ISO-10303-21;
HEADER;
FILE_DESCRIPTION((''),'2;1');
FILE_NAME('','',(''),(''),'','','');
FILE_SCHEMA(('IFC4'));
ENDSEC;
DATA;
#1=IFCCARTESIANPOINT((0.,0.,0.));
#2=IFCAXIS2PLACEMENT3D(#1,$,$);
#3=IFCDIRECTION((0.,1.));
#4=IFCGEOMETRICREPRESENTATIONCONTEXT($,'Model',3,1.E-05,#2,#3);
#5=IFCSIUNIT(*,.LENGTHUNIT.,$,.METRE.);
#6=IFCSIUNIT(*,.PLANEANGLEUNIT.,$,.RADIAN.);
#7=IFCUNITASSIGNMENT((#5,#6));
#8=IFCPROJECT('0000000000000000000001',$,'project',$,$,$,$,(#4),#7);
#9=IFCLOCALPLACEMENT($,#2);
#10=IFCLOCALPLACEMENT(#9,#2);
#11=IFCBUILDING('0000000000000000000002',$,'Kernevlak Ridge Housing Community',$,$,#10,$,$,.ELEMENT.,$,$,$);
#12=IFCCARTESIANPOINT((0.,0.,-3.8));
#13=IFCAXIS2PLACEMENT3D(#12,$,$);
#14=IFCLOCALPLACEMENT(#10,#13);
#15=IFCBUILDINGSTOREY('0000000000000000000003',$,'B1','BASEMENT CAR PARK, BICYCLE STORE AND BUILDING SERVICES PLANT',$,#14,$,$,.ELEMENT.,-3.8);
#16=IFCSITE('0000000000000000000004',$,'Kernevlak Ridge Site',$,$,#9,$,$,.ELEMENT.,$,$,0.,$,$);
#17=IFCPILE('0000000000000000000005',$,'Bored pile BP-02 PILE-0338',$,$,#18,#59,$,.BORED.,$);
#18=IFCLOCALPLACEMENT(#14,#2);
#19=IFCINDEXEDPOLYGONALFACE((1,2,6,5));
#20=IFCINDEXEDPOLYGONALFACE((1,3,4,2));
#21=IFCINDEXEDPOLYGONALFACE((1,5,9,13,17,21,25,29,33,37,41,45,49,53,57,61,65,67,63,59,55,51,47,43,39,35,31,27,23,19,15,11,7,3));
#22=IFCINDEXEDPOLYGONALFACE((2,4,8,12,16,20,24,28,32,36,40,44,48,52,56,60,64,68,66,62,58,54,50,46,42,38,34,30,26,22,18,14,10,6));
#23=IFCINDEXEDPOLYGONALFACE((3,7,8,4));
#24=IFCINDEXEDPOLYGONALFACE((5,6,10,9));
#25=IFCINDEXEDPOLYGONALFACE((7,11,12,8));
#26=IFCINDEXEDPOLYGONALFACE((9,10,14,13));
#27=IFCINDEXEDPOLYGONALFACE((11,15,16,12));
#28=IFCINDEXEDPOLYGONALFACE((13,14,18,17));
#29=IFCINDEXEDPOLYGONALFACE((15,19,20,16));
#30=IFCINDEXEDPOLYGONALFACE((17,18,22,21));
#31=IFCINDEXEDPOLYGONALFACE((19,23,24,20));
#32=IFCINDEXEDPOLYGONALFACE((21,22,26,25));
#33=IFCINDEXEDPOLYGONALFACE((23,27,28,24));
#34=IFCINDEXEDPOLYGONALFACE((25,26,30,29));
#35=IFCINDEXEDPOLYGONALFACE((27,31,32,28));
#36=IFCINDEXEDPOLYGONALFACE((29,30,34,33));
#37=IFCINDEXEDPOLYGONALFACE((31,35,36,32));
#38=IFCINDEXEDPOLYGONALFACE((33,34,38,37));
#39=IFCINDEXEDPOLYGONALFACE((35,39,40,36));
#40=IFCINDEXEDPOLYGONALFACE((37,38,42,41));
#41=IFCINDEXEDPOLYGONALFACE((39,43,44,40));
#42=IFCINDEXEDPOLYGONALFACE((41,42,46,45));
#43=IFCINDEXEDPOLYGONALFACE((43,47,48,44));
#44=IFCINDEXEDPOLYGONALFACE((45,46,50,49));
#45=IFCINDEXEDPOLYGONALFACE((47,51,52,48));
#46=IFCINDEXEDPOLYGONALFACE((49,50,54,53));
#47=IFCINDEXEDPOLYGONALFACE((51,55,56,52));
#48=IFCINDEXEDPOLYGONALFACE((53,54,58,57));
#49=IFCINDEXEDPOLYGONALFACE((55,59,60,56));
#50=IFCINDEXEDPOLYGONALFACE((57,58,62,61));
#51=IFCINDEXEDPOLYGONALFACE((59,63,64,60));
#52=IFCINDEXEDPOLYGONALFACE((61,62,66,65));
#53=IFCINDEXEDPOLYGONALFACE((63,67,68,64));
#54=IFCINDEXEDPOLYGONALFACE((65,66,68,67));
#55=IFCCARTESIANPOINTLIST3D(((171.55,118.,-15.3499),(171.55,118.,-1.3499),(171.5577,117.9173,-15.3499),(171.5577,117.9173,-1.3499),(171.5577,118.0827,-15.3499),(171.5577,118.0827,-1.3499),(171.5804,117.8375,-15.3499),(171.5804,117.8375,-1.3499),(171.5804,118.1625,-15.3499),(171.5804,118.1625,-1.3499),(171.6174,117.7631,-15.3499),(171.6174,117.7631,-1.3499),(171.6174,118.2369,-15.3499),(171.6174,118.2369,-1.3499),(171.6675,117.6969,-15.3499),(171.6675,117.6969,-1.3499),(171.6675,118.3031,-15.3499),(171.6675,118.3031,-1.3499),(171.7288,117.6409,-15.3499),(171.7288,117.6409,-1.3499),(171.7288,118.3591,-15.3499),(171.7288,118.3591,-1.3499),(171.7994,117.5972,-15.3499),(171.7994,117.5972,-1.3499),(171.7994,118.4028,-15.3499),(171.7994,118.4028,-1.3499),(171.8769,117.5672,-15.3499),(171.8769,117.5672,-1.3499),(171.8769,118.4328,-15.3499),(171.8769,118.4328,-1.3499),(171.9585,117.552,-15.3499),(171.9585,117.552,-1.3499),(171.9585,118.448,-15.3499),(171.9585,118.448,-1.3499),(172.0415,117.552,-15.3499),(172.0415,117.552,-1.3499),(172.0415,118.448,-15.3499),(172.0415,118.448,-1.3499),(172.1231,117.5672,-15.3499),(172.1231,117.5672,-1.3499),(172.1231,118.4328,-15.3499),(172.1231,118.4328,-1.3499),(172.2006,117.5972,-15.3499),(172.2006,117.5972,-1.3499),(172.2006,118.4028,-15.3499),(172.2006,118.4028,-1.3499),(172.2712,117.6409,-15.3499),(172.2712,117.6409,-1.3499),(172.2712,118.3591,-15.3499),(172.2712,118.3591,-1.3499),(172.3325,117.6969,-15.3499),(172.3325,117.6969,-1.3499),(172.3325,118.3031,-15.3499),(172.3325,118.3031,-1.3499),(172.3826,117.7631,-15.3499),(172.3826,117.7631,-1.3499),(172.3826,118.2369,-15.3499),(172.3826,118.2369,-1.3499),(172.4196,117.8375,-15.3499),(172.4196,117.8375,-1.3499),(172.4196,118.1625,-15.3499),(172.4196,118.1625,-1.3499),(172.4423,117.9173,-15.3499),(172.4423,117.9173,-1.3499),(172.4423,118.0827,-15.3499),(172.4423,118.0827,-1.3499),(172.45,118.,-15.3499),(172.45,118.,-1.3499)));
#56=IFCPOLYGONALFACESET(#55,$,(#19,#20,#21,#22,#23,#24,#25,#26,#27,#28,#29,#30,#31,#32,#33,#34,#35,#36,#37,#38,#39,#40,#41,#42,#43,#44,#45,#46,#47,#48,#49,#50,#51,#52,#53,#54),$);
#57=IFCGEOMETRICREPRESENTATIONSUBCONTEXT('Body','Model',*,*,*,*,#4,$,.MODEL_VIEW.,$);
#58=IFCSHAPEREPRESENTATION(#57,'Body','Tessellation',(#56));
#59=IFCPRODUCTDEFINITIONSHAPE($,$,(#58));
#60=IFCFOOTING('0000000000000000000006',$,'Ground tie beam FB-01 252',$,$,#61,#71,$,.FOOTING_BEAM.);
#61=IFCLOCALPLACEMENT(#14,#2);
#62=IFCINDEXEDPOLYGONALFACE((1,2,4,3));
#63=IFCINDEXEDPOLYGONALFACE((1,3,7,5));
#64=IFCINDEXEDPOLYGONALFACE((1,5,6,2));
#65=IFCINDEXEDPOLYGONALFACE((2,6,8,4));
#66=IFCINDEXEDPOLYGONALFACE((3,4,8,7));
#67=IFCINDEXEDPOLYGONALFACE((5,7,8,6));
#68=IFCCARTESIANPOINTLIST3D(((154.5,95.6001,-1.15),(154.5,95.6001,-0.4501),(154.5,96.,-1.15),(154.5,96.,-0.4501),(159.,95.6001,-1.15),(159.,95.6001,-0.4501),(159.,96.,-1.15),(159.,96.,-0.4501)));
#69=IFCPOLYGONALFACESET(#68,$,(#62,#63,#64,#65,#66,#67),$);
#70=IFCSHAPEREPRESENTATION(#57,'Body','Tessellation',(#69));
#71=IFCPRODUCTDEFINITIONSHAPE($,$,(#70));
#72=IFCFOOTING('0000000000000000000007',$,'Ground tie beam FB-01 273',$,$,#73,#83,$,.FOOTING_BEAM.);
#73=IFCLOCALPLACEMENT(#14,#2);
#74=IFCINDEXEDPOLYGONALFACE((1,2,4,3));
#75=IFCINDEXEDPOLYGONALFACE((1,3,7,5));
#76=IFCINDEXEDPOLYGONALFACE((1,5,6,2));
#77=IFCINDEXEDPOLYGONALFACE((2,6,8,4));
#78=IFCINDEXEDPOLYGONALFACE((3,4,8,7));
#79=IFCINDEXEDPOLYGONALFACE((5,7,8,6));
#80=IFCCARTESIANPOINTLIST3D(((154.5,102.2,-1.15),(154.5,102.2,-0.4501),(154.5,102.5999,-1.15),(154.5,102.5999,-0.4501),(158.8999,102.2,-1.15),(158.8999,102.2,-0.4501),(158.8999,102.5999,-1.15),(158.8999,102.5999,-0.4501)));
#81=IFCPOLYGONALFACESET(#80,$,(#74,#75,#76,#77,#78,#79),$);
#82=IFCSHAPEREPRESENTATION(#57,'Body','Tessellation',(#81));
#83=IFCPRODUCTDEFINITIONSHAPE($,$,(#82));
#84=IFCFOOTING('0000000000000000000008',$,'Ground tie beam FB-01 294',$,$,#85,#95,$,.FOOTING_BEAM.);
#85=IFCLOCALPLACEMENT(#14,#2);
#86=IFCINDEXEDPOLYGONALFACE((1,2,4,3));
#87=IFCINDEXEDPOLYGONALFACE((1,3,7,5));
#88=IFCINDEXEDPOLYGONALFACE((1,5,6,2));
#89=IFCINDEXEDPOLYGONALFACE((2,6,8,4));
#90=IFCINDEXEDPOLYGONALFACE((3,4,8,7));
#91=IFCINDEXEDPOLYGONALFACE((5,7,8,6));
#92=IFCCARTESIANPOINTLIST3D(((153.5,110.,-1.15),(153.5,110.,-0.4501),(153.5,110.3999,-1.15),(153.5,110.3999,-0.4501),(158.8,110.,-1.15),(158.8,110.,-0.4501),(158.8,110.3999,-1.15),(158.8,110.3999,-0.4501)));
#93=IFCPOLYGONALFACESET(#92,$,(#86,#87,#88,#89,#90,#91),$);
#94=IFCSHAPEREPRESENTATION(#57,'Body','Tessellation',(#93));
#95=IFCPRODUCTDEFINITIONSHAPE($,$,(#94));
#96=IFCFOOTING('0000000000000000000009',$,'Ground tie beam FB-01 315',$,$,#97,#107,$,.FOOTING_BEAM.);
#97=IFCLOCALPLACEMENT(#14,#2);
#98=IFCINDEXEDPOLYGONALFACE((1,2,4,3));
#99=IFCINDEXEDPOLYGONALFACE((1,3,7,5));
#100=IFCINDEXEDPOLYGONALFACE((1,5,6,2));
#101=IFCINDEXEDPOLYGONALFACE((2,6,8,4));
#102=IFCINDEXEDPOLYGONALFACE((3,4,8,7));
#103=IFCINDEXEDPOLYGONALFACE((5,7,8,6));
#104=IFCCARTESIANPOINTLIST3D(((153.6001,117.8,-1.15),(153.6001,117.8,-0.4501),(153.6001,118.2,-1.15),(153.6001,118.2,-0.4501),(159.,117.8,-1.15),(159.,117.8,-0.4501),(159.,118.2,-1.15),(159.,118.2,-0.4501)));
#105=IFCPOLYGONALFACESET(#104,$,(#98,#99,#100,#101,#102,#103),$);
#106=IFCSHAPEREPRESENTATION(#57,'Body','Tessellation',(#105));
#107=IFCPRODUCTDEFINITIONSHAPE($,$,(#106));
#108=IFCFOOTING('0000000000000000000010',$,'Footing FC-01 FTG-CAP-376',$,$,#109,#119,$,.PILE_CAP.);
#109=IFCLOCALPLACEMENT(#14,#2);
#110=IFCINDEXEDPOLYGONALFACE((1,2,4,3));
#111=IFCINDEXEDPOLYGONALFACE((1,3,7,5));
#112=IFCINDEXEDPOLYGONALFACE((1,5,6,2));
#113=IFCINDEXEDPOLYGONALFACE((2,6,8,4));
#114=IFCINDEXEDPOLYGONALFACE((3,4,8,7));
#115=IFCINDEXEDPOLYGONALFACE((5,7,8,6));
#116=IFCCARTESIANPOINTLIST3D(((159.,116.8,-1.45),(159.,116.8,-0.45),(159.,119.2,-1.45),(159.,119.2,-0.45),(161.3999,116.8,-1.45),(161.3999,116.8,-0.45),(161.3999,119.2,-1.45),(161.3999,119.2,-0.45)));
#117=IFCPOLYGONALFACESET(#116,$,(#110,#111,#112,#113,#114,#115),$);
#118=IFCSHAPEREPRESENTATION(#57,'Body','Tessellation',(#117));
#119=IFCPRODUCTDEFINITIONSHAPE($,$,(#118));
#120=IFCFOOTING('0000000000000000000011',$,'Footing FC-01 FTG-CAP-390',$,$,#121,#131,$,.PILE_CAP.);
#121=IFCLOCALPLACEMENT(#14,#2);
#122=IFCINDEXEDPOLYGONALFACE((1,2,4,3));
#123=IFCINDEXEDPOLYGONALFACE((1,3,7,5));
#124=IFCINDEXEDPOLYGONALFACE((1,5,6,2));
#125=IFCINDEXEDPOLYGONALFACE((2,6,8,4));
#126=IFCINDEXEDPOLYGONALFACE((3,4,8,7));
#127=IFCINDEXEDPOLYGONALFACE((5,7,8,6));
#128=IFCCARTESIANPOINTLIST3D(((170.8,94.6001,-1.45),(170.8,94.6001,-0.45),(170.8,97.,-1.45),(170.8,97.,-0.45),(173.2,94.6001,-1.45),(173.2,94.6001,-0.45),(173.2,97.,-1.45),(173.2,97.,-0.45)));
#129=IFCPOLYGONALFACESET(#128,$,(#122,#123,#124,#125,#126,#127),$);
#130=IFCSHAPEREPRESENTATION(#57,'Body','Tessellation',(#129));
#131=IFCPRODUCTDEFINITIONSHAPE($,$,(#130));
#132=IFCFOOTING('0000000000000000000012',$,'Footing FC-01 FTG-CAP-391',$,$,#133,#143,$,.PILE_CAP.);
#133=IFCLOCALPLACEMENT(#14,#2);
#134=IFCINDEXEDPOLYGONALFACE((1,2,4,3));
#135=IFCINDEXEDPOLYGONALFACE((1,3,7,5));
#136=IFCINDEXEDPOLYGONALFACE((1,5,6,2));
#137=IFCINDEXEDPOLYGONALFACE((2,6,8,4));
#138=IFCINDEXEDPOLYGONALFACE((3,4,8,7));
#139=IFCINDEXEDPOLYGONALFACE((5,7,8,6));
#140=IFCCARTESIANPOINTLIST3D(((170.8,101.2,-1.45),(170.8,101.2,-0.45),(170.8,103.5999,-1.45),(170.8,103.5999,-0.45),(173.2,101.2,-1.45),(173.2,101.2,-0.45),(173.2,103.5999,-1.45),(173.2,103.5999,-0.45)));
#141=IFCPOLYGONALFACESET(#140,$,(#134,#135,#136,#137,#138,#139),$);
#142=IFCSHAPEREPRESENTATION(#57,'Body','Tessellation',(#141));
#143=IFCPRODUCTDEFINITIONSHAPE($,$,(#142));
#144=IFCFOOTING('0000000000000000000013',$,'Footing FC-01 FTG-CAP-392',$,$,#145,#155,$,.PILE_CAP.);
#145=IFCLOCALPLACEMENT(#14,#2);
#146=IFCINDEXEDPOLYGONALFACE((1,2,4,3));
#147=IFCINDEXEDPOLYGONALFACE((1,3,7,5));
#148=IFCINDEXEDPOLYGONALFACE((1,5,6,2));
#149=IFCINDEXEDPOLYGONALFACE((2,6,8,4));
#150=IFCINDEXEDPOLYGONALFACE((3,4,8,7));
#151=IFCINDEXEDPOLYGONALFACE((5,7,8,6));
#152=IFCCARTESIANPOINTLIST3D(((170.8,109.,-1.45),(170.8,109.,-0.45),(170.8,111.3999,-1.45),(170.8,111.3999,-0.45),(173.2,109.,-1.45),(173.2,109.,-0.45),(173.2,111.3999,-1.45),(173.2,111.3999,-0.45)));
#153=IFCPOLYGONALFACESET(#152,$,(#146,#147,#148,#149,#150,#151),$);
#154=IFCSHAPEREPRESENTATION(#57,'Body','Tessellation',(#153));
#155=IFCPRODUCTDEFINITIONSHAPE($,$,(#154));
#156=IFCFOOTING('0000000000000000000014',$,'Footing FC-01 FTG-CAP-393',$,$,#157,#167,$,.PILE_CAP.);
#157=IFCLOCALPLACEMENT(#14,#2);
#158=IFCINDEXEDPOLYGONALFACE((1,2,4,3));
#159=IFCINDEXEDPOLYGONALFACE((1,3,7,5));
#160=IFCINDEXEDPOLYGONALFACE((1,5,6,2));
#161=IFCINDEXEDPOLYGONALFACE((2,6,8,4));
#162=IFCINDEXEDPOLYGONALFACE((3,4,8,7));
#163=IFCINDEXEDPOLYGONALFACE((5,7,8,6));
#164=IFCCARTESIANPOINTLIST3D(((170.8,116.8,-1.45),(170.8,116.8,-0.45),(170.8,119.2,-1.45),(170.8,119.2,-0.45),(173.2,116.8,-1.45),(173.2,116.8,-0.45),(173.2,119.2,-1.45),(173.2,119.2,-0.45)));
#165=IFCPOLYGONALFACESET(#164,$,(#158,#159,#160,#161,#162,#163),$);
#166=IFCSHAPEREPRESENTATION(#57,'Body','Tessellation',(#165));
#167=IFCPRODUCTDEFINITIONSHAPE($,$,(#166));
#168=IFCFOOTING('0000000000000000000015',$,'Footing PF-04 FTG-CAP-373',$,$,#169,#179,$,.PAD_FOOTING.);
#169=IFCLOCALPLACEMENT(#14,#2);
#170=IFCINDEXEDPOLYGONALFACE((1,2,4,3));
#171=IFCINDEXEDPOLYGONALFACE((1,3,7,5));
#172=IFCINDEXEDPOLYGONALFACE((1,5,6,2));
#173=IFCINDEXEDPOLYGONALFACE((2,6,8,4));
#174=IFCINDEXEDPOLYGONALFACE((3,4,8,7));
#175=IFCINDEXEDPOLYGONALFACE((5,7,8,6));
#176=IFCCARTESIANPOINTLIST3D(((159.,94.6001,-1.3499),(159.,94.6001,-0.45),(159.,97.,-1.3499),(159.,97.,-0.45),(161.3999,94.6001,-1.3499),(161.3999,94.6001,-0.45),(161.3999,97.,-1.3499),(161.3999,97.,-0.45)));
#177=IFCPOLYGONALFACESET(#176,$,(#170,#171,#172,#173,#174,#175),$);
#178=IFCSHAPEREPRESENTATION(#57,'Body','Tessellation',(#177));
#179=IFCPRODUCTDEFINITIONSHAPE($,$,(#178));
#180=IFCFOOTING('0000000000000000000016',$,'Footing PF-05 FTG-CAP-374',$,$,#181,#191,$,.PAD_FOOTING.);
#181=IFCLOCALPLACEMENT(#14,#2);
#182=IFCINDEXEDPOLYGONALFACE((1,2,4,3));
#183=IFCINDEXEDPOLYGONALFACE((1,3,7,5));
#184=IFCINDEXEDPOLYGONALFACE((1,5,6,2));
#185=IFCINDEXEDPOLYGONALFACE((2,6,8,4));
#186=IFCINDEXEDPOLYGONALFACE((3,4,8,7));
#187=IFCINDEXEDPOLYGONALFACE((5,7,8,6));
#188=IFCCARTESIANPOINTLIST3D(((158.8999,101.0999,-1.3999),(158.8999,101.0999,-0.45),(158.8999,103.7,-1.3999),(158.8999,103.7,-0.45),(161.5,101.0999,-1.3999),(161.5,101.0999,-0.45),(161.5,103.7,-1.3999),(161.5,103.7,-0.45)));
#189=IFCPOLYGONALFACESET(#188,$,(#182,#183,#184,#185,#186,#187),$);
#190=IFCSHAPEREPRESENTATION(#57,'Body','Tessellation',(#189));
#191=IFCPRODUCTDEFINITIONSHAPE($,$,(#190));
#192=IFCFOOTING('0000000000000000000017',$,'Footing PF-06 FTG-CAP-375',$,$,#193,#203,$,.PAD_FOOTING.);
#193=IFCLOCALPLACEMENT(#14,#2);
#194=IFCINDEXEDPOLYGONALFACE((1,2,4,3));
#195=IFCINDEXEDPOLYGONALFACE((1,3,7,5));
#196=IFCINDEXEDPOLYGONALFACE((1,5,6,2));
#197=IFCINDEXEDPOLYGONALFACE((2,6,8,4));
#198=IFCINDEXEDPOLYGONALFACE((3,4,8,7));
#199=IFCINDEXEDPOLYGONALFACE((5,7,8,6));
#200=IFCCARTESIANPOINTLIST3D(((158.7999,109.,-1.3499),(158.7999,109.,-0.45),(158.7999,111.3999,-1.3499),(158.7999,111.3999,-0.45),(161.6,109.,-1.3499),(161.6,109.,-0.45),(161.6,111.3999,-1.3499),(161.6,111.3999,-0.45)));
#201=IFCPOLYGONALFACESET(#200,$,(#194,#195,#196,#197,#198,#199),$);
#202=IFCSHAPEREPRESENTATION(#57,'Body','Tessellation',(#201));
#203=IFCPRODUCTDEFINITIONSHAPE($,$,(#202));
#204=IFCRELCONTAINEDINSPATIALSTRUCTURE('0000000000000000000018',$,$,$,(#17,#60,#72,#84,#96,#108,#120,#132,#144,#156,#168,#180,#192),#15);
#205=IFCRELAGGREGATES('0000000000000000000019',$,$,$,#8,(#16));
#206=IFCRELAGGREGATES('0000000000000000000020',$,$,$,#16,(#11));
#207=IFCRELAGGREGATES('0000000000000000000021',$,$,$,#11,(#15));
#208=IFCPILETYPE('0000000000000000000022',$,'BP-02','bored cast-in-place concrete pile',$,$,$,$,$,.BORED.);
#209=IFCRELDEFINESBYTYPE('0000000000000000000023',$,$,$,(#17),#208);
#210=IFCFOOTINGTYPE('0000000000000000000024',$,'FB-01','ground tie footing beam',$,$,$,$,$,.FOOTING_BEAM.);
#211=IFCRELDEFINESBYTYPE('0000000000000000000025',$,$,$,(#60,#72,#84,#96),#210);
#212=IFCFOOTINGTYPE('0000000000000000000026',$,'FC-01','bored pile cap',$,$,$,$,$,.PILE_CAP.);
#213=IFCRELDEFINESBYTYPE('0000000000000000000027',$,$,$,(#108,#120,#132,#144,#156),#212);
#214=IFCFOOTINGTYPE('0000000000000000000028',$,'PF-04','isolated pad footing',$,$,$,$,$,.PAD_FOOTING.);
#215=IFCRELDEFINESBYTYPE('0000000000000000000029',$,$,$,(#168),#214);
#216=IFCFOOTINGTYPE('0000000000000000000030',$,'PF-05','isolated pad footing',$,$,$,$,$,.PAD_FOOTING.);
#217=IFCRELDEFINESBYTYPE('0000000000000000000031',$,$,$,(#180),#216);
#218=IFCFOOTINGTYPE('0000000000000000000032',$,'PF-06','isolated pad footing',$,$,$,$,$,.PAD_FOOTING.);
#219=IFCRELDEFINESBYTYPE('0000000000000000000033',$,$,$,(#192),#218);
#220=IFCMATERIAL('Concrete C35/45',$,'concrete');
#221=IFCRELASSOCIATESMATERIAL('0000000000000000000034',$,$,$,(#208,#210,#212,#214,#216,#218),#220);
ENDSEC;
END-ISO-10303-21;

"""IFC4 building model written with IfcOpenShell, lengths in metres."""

from ifc_helpers import new_model, si_unit, direction, frame, origin, origin_2d, place, context, subcontext, project, spatial, rectangle, circle, extrude, material, material_profile, profile_set, type_object, element, save


model = new_model("IFC4")

# Units and contexts
model_context = context("Model", 3, precision=1e-05, world=origin(), true_north=direction((0.0, 1.0)))
body_context = subcontext(model_context, "Body", "Model", "MODEL_VIEW")
ifc_project = project(units=[si_unit("LENGTHUNIT", "METRE"), si_unit("PLANEANGLEUNIT", "RADIAN")], contexts=[model_context])

# Site, building, storey
site_placement = place(None, origin())
site = spatial("IfcSite", under=ifc_project, at=site_placement, Name="Kernevlak Ridge Site", CompositionType="ELEMENT", RefElevation=0.0)
building_placement = place(site_placement, origin())
building = spatial("IfcBuilding", under=site, at=building_placement, Name="Kernevlak Ridge Housing Community", CompositionType="ELEMENT")
storey_placement = place(building_placement, frame((0.0, 0.0, -3.8)))
storey = spatial("IfcBuildingStorey", under=building, at=storey_placement, Name="B1", Description="BASEMENT CAR PARK, BICYCLE STORE AND BUILDING SERVICES PLANT", CompositionType="ELEMENT", Elevation=-3.8)

# Pile
ifc_material_1 = material(Name="Concrete C35/45", Category="concrete")
ifc_material_profile_1 = material_profile(ifc_material_1, circle(Radius=0.45, at=origin_2d()), Name="BORED PILE 900")
ifc_profile_set_1 = profile_set([ifc_material_profile_1], Name="Concrete C35/45")
pile_type_1 = type_object("IfcPileType", Name="BP-02", Description="bored cast-in-place concrete pile", PredefinedType="BORED", material=ifc_profile_set_1)
for number, where, z_axis, x_axis, name in (
    (1, (172.0, 118.0, -1.3499), (0.0, 0.0, -1.0), (1.0, 0.0, 0.0), "Bored pile BP-02 PILE-0338"),
):
    element("IfcPile", number, at=place(storey_placement, frame(where, z_axis=z_axis, x_axis=x_axis)), inside=storey, type_object=pile_type_1, Name=name, PredefinedType="BORED", context=body_context, shape_type="SweptSolid", body=[
        extrude(circle(Radius=0.45, at=origin_2d()), origin(), (0.0, 0.0, 1.0), 14.0),
    ])

# Footings
ifc_material_profile_2 = material_profile(ifc_material_1, rectangle(XDim=0.3999, YDim=0.7, at=origin_2d()), Name="RC 400x700")
ifc_profile_set_2 = profile_set([ifc_material_profile_2], Name="Concrete C35/45")
footing_type_1 = type_object("IfcFootingType", Name="FB-01", Description="ground tie footing beam", PredefinedType="FOOTING_BEAM", material=ifc_profile_set_2)
footing_1_placement = place(storey_placement, frame((154.5, 95.8, -0.8), z_axis=(1.0, 0.0, 0.0), x_axis=(0.0, 1.0, 0.0)))
element("IfcFooting", 2, at=footing_1_placement, inside=storey, type_object=footing_type_1, Name="Ground tie beam FB-01 252", PredefinedType="FOOTING_BEAM", context=body_context, shape_type="SweptSolid", body=[
    extrude(rectangle(XDim=0.3999, YDim=0.7, at=origin_2d()), origin(), (0.0, 0.0, 1.0), 4.5),
])
footing_2_placement = place(storey_placement, frame((154.5, 102.3999, -0.8), z_axis=(1.0, 0.0, 0.0), x_axis=(0.0, 1.0, 0.0)))
element("IfcFooting", 3, at=footing_2_placement, inside=storey, type_object=footing_type_1, Name="Ground tie beam FB-01 273", PredefinedType="FOOTING_BEAM", context=body_context, shape_type="SweptSolid", body=[
    extrude(rectangle(XDim=0.3999, YDim=0.7, at=origin_2d()), origin(), (0.0, 0.0, 1.0), 4.3999),
])
footing_3_placement = place(storey_placement, frame((153.5, 110.2, -0.8), z_axis=(1.0, 0.0, 0.0), x_axis=(0.0, 1.0, 0.0)))
element("IfcFooting", 4, at=footing_3_placement, inside=storey, type_object=footing_type_1, Name="Ground tie beam FB-01 294", PredefinedType="FOOTING_BEAM", context=body_context, shape_type="SweptSolid", body=[
    extrude(rectangle(XDim=0.3999, YDim=0.7, at=origin_2d()), origin(), (0.0, 0.0, 1.0), 5.3),
])
footing_4_placement = place(storey_placement, frame((153.6001, 118.0, -0.8), z_axis=(1.0, 0.0, 0.0), x_axis=(0.0, 1.0, 0.0)))
element("IfcFooting", 5, at=footing_4_placement, inside=storey, type_object=footing_type_1, Name="Ground tie beam FB-01 315", PredefinedType="FOOTING_BEAM", context=body_context, shape_type="SweptSolid", body=[
    extrude(rectangle(XDim=0.3999, YDim=0.7, at=origin_2d()), origin(), (0.0, 0.0, 1.0), 5.3999),
])
footing_type_2 = type_object("IfcFootingType", Name="FC-01", Description="bored pile cap", PredefinedType="PILE_CAP", material=ifc_material_1)
for number, where, z_axis, x_axis, name in (
    (6, (160.2, 118.0, -1.45), (0.0, 0.0, 1.0), (1.0, 0.0, 0.0), "Footing FC-01 FTG-CAP-376"),
    (7, (172.0, 95.8, -1.45), (0.0, 0.0, 1.0), (1.0, 0.0, 0.0), "Footing FC-01 FTG-CAP-390"),
    (8, (172.0, 102.3999, -1.45), (0.0, 0.0, 1.0), (1.0, 0.0, 0.0), "Footing FC-01 FTG-CAP-391"),
    (9, (172.0, 110.2, -1.45), (0.0, 0.0, 1.0), (1.0, 0.0, 0.0), "Footing FC-01 FTG-CAP-392"),
    (10, (172.0, 118.0, -1.45), (0.0, 0.0, 1.0), (1.0, 0.0, 0.0), "Footing FC-01 FTG-CAP-393"),
):
    element("IfcFooting", number, at=place(storey_placement, frame(where, z_axis=z_axis, x_axis=x_axis)), inside=storey, type_object=footing_type_2, Name=name, PredefinedType="PILE_CAP", context=body_context, shape_type="SweptSolid", body=[
        extrude(rectangle(XDim=2.3999, YDim=2.3999, at=origin_2d()), origin(), (0.0, 0.0, 1.0), 1.0),
    ])
footing_type_3 = type_object("IfcFootingType", Name="PF-04", Description="isolated pad footing", PredefinedType="PAD_FOOTING", material=ifc_material_1)
footing_5_placement = place(storey_placement, frame((160.2, 95.8, -1.3499), z_axis=(0.0, 0.0, 1.0), x_axis=(1.0, 0.0, 0.0)))
element("IfcFooting", 11, at=footing_5_placement, inside=storey, type_object=footing_type_3, Name="Footing PF-04 FTG-CAP-373", PredefinedType="PAD_FOOTING", context=body_context, shape_type="SweptSolid", body=[
    extrude(rectangle(XDim=2.3999, YDim=2.3999, at=origin_2d()), origin(), (0.0, 0.0, 1.0), 0.8999),
])
footing_type_4 = type_object("IfcFootingType", Name="PF-05", Description="isolated pad footing", PredefinedType="PAD_FOOTING", material=ifc_material_1)
footing_6_placement = place(storey_placement, frame((160.2, 102.3999, -1.3999), z_axis=(0.0, 0.0, 1.0), x_axis=(1.0, 0.0, 0.0)))
element("IfcFooting", 12, at=footing_6_placement, inside=storey, type_object=footing_type_4, Name="Footing PF-05 FTG-CAP-374", PredefinedType="PAD_FOOTING", context=body_context, shape_type="SweptSolid", body=[
    extrude(rectangle(XDim=2.6001, YDim=2.6001, at=origin_2d()), origin(), (0.0, 0.0, 1.0), 0.95),
])
footing_type_5 = type_object("IfcFootingType", Name="PF-06", Description="isolated pad footing", PredefinedType="PAD_FOOTING", material=ifc_material_1)
footing_7_placement = place(storey_placement, frame((160.2, 110.2, -1.3499), z_axis=(0.0, 0.0, 1.0), x_axis=(1.0, 0.0, 0.0)))
element("IfcFooting", 13, at=footing_7_placement, inside=storey, type_object=footing_type_5, Name="Footing PF-06 FTG-CAP-375", PredefinedType="PAD_FOOTING", context=body_context, shape_type="SweptSolid", body=[
    extrude(rectangle(XDim=2.8, YDim=2.3999, at=origin_2d()), origin(), (0.0, 0.0, 1.0), 0.8999),
])

save(model, "model.ifc")
